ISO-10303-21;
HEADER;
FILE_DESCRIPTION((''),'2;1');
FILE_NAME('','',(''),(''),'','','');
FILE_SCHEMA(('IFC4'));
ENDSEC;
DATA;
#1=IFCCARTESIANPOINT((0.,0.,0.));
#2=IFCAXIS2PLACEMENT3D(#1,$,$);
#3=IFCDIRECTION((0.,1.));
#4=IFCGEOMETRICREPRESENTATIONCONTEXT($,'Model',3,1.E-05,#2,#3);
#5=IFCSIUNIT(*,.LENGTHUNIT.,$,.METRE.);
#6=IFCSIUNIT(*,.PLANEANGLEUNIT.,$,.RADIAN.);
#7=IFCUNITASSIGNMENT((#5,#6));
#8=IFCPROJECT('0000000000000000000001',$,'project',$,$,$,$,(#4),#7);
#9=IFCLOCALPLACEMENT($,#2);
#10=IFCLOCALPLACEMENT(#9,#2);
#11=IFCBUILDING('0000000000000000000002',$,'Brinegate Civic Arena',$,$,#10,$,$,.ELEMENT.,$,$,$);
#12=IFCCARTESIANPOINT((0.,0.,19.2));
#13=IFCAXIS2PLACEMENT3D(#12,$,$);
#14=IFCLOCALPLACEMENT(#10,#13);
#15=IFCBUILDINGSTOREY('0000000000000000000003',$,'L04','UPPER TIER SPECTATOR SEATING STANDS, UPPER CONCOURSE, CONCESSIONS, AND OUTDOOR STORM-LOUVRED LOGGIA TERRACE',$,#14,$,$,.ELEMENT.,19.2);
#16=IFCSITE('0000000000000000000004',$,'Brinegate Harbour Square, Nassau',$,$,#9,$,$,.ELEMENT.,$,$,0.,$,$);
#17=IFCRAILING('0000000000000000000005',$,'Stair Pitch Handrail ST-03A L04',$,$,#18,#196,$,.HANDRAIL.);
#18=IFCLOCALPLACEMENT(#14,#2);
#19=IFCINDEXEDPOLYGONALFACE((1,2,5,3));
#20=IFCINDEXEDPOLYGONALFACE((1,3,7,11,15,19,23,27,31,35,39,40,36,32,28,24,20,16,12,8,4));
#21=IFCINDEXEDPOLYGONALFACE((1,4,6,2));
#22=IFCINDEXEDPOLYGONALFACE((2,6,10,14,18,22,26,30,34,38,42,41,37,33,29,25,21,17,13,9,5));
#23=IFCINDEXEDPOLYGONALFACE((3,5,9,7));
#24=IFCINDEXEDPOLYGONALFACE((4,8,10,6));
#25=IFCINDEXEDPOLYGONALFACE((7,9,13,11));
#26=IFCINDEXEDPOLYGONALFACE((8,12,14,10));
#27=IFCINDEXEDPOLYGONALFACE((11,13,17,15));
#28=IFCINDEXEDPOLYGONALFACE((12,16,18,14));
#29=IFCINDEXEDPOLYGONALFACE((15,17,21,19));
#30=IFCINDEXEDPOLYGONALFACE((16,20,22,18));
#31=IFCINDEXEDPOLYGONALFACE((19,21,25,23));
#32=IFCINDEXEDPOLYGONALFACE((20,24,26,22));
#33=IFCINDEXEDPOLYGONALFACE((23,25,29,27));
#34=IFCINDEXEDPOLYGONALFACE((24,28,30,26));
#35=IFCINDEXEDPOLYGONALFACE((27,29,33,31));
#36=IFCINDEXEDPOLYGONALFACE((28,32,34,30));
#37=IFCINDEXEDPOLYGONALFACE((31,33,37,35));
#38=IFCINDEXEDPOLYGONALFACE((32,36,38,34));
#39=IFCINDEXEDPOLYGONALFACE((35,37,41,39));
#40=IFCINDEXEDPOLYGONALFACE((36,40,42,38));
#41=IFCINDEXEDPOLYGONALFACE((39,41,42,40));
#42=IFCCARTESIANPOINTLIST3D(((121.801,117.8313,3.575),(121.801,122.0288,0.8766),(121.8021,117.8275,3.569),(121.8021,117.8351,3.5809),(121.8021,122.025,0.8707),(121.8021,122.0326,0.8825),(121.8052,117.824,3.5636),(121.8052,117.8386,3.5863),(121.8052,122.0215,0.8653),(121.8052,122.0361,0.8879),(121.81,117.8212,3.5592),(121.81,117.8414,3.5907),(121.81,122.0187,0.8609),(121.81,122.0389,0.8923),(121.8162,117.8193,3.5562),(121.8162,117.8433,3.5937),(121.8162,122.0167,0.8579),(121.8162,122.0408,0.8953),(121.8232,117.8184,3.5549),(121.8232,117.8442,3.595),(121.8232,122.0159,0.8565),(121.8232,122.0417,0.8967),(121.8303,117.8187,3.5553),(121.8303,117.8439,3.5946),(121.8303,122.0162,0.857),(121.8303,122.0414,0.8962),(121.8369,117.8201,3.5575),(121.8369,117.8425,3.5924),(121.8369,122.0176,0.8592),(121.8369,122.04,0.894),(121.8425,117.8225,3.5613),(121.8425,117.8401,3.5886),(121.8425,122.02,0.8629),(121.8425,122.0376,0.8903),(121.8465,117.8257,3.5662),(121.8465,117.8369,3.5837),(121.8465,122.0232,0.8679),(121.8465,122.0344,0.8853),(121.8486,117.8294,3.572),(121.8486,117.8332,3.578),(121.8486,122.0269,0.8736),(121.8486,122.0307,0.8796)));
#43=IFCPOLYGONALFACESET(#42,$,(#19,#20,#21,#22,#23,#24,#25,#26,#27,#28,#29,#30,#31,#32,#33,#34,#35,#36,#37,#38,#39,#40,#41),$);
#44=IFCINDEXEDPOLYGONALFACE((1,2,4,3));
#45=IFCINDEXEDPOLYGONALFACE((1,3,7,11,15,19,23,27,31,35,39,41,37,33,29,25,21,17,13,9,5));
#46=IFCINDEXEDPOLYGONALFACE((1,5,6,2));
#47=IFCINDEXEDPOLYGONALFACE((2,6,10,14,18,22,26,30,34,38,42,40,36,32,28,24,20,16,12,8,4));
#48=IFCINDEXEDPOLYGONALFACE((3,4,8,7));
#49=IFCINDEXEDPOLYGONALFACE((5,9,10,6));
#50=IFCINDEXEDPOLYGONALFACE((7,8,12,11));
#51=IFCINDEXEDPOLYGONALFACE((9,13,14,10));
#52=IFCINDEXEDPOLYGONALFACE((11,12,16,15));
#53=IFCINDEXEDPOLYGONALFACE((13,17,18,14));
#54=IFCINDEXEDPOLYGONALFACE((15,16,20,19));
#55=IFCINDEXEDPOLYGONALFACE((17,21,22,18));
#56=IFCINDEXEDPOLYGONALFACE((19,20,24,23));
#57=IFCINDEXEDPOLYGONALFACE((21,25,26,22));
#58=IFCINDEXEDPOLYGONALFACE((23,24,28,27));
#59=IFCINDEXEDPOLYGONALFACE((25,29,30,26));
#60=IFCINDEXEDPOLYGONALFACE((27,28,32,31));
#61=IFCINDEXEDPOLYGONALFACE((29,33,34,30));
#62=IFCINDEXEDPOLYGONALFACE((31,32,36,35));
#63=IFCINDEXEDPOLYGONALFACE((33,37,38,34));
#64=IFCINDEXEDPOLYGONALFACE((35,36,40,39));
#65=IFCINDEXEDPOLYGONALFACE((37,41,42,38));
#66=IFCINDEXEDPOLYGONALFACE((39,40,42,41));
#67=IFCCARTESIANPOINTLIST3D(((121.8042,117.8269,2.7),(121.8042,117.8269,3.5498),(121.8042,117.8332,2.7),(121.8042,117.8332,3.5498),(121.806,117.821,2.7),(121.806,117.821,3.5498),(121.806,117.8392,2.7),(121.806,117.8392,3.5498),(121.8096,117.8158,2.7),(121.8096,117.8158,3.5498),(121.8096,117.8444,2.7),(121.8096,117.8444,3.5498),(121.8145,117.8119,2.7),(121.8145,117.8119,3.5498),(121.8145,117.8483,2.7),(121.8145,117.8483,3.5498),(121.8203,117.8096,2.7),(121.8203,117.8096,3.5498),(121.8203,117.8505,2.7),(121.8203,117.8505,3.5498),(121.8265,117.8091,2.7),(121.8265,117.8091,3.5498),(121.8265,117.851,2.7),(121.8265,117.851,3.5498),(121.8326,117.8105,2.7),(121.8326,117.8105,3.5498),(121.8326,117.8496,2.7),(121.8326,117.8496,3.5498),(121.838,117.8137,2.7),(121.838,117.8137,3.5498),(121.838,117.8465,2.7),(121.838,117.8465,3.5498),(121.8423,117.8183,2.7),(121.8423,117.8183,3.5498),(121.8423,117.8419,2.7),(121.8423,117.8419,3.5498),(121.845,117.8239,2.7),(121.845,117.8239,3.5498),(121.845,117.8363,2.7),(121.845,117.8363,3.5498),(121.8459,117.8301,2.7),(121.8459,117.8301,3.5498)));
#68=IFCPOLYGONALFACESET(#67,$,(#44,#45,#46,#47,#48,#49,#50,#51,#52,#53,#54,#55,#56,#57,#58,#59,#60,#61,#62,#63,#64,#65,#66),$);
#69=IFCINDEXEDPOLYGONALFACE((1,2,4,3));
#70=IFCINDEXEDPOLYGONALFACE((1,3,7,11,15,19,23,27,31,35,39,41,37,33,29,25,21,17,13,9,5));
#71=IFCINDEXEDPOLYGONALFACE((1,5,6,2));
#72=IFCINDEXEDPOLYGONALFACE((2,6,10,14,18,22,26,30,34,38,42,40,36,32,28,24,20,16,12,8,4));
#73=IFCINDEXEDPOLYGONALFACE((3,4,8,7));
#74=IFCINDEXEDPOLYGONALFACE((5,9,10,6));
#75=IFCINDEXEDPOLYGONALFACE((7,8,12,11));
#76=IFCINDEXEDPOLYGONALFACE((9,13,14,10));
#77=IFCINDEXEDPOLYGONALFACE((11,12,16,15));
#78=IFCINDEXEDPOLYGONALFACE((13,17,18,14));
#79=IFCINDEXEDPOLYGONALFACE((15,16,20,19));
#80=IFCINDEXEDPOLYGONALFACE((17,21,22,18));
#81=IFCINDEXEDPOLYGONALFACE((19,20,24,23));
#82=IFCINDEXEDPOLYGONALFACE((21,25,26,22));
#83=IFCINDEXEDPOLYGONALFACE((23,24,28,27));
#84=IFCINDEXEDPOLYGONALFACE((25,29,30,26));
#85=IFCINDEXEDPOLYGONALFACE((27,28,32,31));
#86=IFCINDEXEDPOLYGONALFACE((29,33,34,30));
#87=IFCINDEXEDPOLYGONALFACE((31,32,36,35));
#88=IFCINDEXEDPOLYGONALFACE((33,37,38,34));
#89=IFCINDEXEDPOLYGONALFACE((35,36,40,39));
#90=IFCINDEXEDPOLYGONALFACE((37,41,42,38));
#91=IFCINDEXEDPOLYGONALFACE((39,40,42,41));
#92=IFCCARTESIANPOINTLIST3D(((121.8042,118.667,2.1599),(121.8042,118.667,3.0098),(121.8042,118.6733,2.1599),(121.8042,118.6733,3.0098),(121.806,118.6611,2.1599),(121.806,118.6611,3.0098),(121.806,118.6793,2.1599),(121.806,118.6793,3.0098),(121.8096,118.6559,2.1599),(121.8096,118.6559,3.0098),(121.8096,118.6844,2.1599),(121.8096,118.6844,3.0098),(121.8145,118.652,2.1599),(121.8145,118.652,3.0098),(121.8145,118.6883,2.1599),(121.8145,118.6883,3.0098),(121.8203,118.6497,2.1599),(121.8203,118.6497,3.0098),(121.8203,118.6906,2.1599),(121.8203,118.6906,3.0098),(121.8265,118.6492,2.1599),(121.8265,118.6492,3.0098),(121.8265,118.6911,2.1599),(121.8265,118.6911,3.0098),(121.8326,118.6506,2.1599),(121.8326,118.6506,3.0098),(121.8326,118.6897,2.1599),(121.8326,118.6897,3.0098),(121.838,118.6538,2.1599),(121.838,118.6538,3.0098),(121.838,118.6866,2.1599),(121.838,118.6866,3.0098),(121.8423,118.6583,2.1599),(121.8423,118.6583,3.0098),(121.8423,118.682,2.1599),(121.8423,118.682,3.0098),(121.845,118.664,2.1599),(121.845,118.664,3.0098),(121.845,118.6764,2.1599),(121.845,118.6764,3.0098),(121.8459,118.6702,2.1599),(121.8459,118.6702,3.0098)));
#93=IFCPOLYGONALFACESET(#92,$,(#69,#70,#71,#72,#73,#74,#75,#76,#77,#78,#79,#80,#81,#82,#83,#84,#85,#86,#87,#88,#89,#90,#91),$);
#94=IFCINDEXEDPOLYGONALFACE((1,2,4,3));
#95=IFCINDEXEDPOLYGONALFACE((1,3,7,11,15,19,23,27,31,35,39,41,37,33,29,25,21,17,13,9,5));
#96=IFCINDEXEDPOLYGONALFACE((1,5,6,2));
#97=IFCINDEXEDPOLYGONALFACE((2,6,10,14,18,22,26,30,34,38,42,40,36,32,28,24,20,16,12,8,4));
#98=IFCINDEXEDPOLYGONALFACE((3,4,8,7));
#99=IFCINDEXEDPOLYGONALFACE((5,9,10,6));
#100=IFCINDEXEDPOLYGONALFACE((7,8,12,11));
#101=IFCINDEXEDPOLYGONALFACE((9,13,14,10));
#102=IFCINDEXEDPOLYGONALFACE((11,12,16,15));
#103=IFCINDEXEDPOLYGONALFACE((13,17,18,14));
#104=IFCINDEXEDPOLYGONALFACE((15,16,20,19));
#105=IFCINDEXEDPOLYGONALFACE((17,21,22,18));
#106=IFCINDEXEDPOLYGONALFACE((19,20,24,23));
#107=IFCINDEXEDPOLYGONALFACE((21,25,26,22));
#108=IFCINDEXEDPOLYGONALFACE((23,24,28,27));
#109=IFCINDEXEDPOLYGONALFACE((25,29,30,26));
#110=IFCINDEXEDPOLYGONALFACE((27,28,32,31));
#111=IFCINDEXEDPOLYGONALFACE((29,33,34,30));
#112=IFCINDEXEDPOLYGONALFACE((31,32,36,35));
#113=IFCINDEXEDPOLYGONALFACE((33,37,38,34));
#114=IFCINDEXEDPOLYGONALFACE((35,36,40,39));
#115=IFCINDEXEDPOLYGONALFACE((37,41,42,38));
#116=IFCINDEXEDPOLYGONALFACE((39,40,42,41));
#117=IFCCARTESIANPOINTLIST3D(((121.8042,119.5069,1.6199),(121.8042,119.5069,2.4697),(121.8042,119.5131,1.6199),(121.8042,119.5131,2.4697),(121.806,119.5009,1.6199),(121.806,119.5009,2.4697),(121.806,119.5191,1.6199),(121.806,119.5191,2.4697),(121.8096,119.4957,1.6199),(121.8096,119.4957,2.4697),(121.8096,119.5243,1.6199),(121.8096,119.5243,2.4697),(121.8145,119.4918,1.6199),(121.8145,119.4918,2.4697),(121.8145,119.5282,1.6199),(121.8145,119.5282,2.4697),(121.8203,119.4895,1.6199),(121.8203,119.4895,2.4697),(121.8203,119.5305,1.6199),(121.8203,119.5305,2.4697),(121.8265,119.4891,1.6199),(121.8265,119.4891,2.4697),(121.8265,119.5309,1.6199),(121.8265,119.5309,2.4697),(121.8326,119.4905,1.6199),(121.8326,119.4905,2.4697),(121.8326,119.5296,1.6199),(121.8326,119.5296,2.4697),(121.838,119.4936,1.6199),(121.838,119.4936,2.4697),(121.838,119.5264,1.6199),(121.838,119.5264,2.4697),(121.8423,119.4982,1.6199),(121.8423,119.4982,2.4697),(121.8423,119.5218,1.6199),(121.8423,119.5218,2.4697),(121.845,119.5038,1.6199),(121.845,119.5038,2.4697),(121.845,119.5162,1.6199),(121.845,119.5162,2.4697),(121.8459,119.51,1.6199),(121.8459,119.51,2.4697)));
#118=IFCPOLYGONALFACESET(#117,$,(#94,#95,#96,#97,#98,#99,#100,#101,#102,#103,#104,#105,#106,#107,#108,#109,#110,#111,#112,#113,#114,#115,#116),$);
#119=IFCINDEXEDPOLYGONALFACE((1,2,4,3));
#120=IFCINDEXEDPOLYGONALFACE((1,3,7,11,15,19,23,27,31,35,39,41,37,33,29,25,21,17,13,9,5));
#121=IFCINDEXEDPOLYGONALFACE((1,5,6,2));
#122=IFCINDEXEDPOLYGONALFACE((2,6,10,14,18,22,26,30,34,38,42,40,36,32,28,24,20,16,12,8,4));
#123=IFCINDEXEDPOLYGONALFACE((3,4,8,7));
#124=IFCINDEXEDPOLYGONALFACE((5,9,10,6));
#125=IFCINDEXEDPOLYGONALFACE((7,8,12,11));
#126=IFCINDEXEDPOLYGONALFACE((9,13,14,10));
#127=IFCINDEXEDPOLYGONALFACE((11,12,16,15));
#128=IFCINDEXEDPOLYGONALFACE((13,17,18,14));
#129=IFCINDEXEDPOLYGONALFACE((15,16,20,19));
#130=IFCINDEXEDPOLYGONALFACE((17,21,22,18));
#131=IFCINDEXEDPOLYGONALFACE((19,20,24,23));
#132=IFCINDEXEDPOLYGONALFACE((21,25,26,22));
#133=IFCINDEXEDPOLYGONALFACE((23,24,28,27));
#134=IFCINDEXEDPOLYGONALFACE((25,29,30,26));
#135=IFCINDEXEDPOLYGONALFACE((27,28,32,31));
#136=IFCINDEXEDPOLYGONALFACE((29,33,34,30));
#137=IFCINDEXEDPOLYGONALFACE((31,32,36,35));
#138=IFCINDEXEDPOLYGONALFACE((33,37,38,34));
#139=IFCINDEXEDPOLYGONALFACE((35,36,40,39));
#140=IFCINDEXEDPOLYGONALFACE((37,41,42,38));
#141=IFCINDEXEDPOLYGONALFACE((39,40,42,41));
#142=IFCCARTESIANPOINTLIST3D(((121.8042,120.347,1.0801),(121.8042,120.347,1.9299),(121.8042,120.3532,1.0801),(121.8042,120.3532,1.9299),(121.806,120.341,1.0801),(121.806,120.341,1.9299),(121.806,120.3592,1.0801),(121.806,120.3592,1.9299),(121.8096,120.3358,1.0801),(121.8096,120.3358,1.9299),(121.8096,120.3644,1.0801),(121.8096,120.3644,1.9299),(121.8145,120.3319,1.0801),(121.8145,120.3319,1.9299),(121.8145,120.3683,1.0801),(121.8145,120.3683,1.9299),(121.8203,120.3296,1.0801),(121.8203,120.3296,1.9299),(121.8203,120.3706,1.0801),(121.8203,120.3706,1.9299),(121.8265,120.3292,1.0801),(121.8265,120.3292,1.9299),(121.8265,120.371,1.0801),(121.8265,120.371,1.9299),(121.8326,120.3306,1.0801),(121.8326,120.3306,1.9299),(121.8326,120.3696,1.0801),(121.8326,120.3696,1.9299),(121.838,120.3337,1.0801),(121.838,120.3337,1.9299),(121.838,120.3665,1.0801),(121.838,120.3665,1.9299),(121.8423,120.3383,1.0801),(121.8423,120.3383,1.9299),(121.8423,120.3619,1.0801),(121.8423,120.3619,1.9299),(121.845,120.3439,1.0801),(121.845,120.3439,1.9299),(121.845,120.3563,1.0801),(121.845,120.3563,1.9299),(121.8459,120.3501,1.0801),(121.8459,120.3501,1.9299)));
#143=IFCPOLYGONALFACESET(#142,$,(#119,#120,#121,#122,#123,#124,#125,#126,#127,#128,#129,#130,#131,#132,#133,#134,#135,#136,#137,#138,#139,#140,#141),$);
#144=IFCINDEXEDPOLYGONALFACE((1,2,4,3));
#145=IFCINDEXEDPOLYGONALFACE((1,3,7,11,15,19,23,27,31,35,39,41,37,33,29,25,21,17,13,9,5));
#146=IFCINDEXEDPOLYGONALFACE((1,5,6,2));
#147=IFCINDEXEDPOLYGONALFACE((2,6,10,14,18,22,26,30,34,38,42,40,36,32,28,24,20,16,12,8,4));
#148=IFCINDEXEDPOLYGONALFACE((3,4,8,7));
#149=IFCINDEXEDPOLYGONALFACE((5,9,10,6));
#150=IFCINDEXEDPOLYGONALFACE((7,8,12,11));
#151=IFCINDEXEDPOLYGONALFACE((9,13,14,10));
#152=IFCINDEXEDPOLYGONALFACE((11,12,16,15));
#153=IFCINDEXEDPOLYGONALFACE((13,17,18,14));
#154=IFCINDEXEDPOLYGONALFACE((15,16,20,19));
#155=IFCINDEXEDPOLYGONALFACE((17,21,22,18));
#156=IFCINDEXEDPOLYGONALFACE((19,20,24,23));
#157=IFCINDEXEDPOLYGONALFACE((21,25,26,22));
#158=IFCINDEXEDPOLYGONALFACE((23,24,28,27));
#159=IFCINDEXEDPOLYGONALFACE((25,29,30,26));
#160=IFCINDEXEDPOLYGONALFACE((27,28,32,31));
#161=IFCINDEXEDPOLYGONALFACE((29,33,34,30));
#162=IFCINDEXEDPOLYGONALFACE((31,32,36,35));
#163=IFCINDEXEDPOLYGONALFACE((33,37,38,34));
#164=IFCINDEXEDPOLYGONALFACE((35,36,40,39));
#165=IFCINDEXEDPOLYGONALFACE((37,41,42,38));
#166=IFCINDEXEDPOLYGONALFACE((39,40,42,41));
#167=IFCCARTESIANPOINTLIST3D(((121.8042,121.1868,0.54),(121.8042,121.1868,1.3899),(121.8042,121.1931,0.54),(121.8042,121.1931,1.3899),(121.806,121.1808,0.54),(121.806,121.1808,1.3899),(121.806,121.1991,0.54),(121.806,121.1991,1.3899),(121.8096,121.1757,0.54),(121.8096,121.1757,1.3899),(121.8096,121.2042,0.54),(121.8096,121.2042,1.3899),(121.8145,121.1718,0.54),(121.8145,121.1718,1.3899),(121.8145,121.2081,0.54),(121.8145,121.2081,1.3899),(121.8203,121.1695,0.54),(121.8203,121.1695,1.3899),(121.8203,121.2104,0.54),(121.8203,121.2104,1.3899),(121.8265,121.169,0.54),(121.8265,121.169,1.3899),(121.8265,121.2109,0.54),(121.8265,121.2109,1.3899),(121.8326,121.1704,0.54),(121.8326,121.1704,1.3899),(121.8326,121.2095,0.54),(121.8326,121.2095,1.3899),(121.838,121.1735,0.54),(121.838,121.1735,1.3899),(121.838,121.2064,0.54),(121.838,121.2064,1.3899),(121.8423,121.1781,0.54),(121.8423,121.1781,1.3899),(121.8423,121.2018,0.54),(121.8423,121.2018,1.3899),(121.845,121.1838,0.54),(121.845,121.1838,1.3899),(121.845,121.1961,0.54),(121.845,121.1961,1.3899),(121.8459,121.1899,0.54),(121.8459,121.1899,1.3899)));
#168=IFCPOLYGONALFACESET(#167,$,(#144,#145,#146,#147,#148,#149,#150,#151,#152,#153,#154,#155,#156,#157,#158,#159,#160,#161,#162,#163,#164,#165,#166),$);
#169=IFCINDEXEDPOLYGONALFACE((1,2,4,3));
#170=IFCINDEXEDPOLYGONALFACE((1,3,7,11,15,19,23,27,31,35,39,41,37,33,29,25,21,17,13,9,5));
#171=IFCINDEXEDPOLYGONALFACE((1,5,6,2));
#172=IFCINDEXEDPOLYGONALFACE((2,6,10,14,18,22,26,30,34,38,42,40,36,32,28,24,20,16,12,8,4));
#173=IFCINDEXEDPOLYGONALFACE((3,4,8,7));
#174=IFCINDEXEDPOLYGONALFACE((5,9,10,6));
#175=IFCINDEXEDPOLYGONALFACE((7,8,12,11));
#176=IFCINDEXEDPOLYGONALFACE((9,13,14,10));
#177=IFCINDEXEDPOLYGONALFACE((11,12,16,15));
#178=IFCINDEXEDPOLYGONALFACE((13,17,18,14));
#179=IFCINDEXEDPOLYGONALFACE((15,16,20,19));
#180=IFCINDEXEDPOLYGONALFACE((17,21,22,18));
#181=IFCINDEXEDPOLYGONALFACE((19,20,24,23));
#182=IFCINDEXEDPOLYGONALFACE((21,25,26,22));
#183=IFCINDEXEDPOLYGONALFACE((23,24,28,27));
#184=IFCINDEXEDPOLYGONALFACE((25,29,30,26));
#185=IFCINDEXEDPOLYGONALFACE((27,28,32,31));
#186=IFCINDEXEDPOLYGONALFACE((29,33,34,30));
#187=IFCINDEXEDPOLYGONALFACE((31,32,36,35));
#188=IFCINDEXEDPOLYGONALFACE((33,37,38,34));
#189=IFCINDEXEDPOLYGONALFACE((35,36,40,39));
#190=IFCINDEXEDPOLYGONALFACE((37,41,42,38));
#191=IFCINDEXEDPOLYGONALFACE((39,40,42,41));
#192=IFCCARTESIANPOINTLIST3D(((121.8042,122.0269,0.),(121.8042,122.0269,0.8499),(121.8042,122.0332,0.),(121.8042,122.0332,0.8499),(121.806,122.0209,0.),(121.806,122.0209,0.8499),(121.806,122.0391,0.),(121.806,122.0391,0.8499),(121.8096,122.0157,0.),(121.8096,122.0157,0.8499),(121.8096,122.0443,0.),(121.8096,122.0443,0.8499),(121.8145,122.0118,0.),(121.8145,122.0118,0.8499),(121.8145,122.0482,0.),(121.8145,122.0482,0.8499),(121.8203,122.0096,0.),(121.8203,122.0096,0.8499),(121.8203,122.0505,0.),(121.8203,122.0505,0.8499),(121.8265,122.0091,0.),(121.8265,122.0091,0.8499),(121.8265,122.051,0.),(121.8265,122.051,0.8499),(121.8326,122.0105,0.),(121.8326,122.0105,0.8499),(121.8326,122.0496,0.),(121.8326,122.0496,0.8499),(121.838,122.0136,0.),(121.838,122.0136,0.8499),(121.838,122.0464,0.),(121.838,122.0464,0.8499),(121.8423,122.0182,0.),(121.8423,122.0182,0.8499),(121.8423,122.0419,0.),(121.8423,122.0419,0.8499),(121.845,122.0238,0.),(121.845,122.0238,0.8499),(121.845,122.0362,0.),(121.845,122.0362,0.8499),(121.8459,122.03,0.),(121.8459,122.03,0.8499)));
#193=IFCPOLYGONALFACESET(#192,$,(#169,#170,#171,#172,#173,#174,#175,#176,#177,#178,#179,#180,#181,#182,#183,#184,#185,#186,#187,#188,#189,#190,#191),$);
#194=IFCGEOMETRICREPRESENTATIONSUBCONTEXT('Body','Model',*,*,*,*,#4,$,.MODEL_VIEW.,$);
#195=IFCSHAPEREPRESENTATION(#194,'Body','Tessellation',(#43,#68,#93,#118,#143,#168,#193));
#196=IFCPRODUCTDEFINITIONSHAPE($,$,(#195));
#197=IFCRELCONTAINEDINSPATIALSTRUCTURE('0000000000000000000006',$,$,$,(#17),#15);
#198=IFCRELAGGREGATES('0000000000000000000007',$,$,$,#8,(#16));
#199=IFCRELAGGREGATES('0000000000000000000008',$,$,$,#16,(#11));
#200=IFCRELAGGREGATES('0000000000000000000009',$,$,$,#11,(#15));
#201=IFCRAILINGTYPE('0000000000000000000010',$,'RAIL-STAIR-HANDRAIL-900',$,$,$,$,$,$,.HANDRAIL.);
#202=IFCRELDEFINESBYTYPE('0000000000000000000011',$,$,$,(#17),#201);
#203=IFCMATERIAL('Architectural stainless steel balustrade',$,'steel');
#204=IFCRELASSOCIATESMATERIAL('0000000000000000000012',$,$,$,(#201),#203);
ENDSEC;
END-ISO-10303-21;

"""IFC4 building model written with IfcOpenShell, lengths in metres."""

from ifc_helpers import new_model, si_unit, direction, frame, origin, origin_2d, place, context, subcontext, project, spatial, circle, extrude, material, type_object, element, save


model = new_model("IFC4")

# Units and contexts
model_context = context("Model", 3, precision=1e-05, world=origin(), true_north=direction((0.0, 1.0)))
body_context = subcontext(model_context, "Body", "Model", "MODEL_VIEW")
ifc_project = project(units=[si_unit("LENGTHUNIT", "METRE"), si_unit("PLANEANGLEUNIT", "RADIAN")], contexts=[model_context])

# Site, building, storey
site_placement = place(None, origin())
site = spatial("IfcSite", under=ifc_project, at=site_placement, Name="Brinegate Harbour Square, Nassau", CompositionType="ELEMENT", RefElevation=0.0)
building_placement = place(site_placement, origin())
building = spatial("IfcBuilding", under=site, at=building_placement, Name="Brinegate Civic Arena", CompositionType="ELEMENT")
storey_placement = place(building_placement, frame((0.0, 0.0, 19.2)))
storey = spatial("IfcBuildingStorey", under=building, at=storey_placement, Name="L04", Description="UPPER TIER SPECTATOR SEATING STANDS, UPPER CONCOURSE, CONCESSIONS, AND OUTDOOR STORM-LOUVRED LOGGIA TERRACE", CompositionType="ELEMENT", Elevation=19.2)

# Railing
ifc_material_1 = material(Name="Architectural stainless steel balustrade", Category="steel")
railing_type_1 = type_object("IfcRailingType", Name="RAIL-STAIR-HANDRAIL-900", PredefinedType="HANDRAIL", material=ifc_material_1)
for number, where, name in (
    (1, (121.825, 117.8301, 2.7), "Stair Pitch Handrail ST-03A L04"),
):
    element("IfcRailing", number, at=place(storey_placement, frame(where)), inside=storey, type_object=railing_type_1, Name=name, PredefinedType="HANDRAIL", context=body_context, shape_type="SweptSolid", body=[
        extrude(circle(Radius=0.0239, at=origin_2d()), frame((0.0, 0.0012, 0.875), z_axis=(0.0, 0.84118, -0.540755), x_axis=(-1.0, 0.0, 0.0)), (0.0, 0.0, 1.0), 4.99),
        extrude(circle(Radius=0.021, at=origin_2d()), origin(), (0.0, 0.0, 1.0), 0.8499),
        extrude(circle(Radius=0.021, at=origin_2d()), frame((0.0, 0.8401, -0.54)), (0.0, 0.0, 1.0), 0.8499),
        extrude(circle(Radius=0.021, at=origin_2d()), frame((0.0, 1.6799, -1.0801)), (0.0, 0.0, 1.0), 0.8499),
        extrude(circle(Radius=0.021, at=origin_2d()), frame((0.0, 2.52, -1.6199)), (0.0, 0.0, 1.0), 0.8499),
        extrude(circle(Radius=0.021, at=origin_2d()), frame((0.0, 3.3599, -2.1599)), (0.0, 0.0, 1.0), 0.8499),
        extrude(circle(Radius=0.021, at=origin_2d()), frame((0.0, 4.2, -2.7)), (0.0, 0.0, 1.0), 0.8499),
    ])

save(model, "model.ifc")
